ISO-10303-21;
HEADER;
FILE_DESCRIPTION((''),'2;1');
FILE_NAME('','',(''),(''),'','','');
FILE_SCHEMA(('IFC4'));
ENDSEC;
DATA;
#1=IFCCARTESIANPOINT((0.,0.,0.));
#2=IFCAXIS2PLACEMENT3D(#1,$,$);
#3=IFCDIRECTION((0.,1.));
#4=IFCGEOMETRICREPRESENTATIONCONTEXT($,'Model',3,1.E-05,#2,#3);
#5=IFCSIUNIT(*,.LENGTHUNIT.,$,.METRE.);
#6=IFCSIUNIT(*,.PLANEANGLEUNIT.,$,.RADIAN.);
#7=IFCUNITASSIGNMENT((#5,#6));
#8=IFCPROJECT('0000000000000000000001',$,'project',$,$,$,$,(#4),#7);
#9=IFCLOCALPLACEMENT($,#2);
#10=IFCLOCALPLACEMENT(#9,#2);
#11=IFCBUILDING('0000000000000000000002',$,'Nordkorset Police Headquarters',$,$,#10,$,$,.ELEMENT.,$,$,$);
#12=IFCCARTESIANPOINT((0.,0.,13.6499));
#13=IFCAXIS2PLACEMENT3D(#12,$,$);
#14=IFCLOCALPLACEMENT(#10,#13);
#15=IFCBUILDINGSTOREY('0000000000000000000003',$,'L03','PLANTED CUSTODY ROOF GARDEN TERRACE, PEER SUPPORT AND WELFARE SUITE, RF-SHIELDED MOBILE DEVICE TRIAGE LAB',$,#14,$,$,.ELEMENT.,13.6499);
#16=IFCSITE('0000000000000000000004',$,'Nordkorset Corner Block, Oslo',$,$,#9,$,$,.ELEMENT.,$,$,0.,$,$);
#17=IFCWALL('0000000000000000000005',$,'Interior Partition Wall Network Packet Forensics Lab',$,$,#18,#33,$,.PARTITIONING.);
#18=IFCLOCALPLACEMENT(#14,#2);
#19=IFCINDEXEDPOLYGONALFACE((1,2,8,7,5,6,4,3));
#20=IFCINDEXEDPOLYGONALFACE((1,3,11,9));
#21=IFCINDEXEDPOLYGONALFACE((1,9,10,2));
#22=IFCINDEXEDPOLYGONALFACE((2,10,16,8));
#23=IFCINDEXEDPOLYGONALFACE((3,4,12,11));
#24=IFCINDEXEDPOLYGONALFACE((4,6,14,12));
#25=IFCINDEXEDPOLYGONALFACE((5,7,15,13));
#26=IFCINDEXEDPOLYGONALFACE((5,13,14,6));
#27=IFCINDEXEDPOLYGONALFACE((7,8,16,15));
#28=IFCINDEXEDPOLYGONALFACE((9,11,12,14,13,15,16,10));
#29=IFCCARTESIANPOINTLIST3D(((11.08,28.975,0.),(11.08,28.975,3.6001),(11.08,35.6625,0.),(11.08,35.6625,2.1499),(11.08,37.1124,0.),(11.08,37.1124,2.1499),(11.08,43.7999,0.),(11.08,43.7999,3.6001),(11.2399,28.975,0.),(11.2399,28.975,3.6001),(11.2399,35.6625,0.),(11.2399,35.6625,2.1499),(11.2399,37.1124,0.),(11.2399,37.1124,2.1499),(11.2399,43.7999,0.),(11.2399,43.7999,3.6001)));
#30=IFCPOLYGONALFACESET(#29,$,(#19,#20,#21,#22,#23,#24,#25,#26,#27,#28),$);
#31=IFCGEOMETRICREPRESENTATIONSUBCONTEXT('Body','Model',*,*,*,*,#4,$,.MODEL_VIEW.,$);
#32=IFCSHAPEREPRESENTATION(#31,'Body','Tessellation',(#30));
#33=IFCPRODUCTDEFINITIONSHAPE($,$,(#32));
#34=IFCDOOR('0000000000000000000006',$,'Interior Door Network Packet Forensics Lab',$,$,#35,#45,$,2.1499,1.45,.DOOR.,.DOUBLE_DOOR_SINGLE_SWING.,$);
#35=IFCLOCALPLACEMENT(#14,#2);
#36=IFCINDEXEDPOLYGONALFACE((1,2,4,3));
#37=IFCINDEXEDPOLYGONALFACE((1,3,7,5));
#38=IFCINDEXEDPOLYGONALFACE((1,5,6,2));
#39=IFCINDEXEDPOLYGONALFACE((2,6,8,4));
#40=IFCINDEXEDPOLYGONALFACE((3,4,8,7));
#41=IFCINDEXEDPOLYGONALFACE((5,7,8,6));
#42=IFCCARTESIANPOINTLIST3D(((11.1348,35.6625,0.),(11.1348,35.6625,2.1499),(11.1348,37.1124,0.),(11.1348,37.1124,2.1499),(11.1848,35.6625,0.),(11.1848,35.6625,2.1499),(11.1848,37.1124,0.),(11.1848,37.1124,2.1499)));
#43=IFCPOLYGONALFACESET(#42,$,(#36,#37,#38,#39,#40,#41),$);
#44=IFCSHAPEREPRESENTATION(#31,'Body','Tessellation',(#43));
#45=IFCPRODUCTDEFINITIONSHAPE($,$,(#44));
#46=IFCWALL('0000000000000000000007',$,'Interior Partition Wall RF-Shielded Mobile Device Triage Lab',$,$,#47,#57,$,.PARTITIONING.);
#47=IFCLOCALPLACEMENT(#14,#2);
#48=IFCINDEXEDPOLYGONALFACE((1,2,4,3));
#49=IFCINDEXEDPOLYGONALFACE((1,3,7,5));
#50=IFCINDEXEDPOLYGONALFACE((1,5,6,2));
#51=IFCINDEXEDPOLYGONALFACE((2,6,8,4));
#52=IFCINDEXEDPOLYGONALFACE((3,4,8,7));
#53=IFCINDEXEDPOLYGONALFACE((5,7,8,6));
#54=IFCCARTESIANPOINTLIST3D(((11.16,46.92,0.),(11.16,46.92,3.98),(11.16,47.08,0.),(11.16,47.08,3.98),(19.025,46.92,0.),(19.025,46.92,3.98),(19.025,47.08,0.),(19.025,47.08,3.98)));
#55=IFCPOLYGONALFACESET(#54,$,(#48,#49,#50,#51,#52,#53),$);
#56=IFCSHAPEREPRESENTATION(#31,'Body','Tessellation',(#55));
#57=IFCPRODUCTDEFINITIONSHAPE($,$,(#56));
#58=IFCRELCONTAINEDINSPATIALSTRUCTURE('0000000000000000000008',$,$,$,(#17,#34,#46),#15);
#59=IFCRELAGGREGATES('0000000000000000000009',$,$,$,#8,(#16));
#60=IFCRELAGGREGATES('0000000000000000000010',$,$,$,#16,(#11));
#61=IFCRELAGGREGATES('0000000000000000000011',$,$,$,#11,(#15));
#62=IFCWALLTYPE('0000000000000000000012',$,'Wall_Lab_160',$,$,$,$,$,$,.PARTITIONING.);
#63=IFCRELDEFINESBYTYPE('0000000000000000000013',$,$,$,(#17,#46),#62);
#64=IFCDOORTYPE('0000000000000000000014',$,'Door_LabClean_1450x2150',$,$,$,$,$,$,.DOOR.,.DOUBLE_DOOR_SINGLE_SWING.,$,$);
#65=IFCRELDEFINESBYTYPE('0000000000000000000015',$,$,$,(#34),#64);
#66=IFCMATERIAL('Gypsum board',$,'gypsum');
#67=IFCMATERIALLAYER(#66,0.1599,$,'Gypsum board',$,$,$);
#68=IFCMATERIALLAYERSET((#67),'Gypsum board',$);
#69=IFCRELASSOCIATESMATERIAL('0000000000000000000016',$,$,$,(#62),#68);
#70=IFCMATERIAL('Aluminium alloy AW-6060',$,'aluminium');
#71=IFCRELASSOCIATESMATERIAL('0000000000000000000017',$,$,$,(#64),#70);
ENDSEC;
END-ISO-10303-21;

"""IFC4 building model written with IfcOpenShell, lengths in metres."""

from ifc_helpers import new_model, si_unit, direction, frame, frame_2d, origin, place, context, subcontext, project, spatial, rectangle, extrude, material, layer, layer_set, type_object, element, fill, save


model = new_model("IFC4")

# Units and contexts
model_context = context("Model", 3, precision=1e-05, world=origin(), true_north=direction((0.0, 1.0)))
body_context = subcontext(model_context, "Body", "Model", "MODEL_VIEW")
ifc_project = project(units=[si_unit("LENGTHUNIT", "METRE"), si_unit("PLANEANGLEUNIT", "RADIAN")], contexts=[model_context])

# Site, building, storey
site_placement = place(None, origin())
site = spatial("IfcSite", under=ifc_project, at=site_placement, Name="Nordkorset Corner Block, Oslo", CompositionType="ELEMENT", RefElevation=0.0)
building_placement = place(site_placement, origin())
building = spatial("IfcBuilding", under=site, at=building_placement, Name="Nordkorset Police Headquarters", CompositionType="ELEMENT")
storey_placement = place(building_placement, frame((0.0, 0.0, 13.6499)))
storey = spatial("IfcBuildingStorey", under=building, at=storey_placement, Name="L03", Description="PLANTED CUSTODY ROOF GARDEN TERRACE, PEER SUPPORT AND WELFARE SUITE, RF-SHIELDED MOBILE DEVICE TRIAGE LAB", CompositionType="ELEMENT", Elevation=13.6499)

# Shared definitions
ifc_material_1 = material(Name="Gypsum board", Category="gypsum")
ifc_layer_1 = layer(ifc_material_1, 0.1599, Name="Gypsum board")
ifc_layer_set_1 = layer_set([ifc_layer_1], Name="Gypsum board")
wall_type_1 = type_object("IfcWallType", Name="Wall_Lab_160", PredefinedType="PARTITIONING", material=ifc_layer_set_1)
ifc_material_2 = material(Name="Aluminium alloy AW-6060", Category="aluminium")
door_type = type_object("IfcDoorType", Name="Door_LabClean_1450x2150", OperationType="DOUBLE_DOOR_SINGLE_SWING", PredefinedType="DOOR", material=ifc_material_2)

# Wall, opening, door
wall_1_placement = place(storey_placement, frame((11.1599, 43.8, 0.0), z_axis=(0.0, 0.0, 1.0), x_axis=(0.0, -1.0, 0.0)))
wall_1 = element("IfcWall", 1, at=wall_1_placement, inside=storey, type_object=wall_type_1, Name="Interior Partition Wall Network Packet Forensics Lab", PredefinedType="PARTITIONING", context=body_context, shape_type="SweptSolid", body=[
    extrude(rectangle(XDim=14.825, YDim=0.1599, at=frame_2d((7.4126, 0.0))), origin(), (0.0, 0.0, 1.0), 3.6001),
])
opening_1_placement = place(wall_1_placement, frame((6.6875, 0.0, 0.0)))
opening_1 = element("IfcOpeningElement", 2, at=opening_1_placement, cuts=wall_1, PredefinedType="OPENING", context=body_context, shape_type="SweptSolid", body=[
    extrude(rectangle(XDim=1.45, YDim=2.1499, at=frame_2d((0.7251, 1.075))), frame((0.0, 0.0898, 0.0), z_axis=(0.0, -1.0, 0.0), x_axis=(1.0, 0.0, 0.0)), (0.0, 0.0, 1.0), 0.1799),
])
door_1_placement = place(opening_1_placement, origin())
door_1 = element("IfcDoor", 3, at=door_1_placement, inside=storey, type_object=door_type, Name="Interior Door Network Packet Forensics Lab", OperationType="DOUBLE_DOOR_SINGLE_SWING", OverallHeight=2.1499, OverallWidth=1.45, PredefinedType="DOOR", context=body_context, shape_type="SweptSolid", body=[
    extrude(rectangle(XDim=1.45, YDim=2.1499, at=frame_2d((0.7251, 1.075))), frame((0.0, 0.0249, 0.0), z_axis=(0.0, -1.0, 0.0), x_axis=(1.0, 0.0, 0.0)), (0.0, 0.0, 1.0), 0.05),
])
fill(opening_1, door_1)

# Wall
wall_2_placement = place(storey_placement, frame((11.1599, 47.0, 0.0), z_axis=(0.0, 0.0, 1.0), x_axis=(1.0, 0.0, 0.0)))
element("IfcWall", 4, at=wall_2_placement, inside=storey, type_object=wall_type_1, Name="Interior Partition Wall RF-Shielded Mobile Device Triage Lab", PredefinedType="PARTITIONING", context=body_context, shape_type="SweptSolid", body=[
    extrude(rectangle(XDim=7.865, YDim=0.1599, at=frame_2d((3.9326, 0.0))), origin(), (0.0, 0.0, 1.0), 3.98),
])

save(model, "model.ifc")
